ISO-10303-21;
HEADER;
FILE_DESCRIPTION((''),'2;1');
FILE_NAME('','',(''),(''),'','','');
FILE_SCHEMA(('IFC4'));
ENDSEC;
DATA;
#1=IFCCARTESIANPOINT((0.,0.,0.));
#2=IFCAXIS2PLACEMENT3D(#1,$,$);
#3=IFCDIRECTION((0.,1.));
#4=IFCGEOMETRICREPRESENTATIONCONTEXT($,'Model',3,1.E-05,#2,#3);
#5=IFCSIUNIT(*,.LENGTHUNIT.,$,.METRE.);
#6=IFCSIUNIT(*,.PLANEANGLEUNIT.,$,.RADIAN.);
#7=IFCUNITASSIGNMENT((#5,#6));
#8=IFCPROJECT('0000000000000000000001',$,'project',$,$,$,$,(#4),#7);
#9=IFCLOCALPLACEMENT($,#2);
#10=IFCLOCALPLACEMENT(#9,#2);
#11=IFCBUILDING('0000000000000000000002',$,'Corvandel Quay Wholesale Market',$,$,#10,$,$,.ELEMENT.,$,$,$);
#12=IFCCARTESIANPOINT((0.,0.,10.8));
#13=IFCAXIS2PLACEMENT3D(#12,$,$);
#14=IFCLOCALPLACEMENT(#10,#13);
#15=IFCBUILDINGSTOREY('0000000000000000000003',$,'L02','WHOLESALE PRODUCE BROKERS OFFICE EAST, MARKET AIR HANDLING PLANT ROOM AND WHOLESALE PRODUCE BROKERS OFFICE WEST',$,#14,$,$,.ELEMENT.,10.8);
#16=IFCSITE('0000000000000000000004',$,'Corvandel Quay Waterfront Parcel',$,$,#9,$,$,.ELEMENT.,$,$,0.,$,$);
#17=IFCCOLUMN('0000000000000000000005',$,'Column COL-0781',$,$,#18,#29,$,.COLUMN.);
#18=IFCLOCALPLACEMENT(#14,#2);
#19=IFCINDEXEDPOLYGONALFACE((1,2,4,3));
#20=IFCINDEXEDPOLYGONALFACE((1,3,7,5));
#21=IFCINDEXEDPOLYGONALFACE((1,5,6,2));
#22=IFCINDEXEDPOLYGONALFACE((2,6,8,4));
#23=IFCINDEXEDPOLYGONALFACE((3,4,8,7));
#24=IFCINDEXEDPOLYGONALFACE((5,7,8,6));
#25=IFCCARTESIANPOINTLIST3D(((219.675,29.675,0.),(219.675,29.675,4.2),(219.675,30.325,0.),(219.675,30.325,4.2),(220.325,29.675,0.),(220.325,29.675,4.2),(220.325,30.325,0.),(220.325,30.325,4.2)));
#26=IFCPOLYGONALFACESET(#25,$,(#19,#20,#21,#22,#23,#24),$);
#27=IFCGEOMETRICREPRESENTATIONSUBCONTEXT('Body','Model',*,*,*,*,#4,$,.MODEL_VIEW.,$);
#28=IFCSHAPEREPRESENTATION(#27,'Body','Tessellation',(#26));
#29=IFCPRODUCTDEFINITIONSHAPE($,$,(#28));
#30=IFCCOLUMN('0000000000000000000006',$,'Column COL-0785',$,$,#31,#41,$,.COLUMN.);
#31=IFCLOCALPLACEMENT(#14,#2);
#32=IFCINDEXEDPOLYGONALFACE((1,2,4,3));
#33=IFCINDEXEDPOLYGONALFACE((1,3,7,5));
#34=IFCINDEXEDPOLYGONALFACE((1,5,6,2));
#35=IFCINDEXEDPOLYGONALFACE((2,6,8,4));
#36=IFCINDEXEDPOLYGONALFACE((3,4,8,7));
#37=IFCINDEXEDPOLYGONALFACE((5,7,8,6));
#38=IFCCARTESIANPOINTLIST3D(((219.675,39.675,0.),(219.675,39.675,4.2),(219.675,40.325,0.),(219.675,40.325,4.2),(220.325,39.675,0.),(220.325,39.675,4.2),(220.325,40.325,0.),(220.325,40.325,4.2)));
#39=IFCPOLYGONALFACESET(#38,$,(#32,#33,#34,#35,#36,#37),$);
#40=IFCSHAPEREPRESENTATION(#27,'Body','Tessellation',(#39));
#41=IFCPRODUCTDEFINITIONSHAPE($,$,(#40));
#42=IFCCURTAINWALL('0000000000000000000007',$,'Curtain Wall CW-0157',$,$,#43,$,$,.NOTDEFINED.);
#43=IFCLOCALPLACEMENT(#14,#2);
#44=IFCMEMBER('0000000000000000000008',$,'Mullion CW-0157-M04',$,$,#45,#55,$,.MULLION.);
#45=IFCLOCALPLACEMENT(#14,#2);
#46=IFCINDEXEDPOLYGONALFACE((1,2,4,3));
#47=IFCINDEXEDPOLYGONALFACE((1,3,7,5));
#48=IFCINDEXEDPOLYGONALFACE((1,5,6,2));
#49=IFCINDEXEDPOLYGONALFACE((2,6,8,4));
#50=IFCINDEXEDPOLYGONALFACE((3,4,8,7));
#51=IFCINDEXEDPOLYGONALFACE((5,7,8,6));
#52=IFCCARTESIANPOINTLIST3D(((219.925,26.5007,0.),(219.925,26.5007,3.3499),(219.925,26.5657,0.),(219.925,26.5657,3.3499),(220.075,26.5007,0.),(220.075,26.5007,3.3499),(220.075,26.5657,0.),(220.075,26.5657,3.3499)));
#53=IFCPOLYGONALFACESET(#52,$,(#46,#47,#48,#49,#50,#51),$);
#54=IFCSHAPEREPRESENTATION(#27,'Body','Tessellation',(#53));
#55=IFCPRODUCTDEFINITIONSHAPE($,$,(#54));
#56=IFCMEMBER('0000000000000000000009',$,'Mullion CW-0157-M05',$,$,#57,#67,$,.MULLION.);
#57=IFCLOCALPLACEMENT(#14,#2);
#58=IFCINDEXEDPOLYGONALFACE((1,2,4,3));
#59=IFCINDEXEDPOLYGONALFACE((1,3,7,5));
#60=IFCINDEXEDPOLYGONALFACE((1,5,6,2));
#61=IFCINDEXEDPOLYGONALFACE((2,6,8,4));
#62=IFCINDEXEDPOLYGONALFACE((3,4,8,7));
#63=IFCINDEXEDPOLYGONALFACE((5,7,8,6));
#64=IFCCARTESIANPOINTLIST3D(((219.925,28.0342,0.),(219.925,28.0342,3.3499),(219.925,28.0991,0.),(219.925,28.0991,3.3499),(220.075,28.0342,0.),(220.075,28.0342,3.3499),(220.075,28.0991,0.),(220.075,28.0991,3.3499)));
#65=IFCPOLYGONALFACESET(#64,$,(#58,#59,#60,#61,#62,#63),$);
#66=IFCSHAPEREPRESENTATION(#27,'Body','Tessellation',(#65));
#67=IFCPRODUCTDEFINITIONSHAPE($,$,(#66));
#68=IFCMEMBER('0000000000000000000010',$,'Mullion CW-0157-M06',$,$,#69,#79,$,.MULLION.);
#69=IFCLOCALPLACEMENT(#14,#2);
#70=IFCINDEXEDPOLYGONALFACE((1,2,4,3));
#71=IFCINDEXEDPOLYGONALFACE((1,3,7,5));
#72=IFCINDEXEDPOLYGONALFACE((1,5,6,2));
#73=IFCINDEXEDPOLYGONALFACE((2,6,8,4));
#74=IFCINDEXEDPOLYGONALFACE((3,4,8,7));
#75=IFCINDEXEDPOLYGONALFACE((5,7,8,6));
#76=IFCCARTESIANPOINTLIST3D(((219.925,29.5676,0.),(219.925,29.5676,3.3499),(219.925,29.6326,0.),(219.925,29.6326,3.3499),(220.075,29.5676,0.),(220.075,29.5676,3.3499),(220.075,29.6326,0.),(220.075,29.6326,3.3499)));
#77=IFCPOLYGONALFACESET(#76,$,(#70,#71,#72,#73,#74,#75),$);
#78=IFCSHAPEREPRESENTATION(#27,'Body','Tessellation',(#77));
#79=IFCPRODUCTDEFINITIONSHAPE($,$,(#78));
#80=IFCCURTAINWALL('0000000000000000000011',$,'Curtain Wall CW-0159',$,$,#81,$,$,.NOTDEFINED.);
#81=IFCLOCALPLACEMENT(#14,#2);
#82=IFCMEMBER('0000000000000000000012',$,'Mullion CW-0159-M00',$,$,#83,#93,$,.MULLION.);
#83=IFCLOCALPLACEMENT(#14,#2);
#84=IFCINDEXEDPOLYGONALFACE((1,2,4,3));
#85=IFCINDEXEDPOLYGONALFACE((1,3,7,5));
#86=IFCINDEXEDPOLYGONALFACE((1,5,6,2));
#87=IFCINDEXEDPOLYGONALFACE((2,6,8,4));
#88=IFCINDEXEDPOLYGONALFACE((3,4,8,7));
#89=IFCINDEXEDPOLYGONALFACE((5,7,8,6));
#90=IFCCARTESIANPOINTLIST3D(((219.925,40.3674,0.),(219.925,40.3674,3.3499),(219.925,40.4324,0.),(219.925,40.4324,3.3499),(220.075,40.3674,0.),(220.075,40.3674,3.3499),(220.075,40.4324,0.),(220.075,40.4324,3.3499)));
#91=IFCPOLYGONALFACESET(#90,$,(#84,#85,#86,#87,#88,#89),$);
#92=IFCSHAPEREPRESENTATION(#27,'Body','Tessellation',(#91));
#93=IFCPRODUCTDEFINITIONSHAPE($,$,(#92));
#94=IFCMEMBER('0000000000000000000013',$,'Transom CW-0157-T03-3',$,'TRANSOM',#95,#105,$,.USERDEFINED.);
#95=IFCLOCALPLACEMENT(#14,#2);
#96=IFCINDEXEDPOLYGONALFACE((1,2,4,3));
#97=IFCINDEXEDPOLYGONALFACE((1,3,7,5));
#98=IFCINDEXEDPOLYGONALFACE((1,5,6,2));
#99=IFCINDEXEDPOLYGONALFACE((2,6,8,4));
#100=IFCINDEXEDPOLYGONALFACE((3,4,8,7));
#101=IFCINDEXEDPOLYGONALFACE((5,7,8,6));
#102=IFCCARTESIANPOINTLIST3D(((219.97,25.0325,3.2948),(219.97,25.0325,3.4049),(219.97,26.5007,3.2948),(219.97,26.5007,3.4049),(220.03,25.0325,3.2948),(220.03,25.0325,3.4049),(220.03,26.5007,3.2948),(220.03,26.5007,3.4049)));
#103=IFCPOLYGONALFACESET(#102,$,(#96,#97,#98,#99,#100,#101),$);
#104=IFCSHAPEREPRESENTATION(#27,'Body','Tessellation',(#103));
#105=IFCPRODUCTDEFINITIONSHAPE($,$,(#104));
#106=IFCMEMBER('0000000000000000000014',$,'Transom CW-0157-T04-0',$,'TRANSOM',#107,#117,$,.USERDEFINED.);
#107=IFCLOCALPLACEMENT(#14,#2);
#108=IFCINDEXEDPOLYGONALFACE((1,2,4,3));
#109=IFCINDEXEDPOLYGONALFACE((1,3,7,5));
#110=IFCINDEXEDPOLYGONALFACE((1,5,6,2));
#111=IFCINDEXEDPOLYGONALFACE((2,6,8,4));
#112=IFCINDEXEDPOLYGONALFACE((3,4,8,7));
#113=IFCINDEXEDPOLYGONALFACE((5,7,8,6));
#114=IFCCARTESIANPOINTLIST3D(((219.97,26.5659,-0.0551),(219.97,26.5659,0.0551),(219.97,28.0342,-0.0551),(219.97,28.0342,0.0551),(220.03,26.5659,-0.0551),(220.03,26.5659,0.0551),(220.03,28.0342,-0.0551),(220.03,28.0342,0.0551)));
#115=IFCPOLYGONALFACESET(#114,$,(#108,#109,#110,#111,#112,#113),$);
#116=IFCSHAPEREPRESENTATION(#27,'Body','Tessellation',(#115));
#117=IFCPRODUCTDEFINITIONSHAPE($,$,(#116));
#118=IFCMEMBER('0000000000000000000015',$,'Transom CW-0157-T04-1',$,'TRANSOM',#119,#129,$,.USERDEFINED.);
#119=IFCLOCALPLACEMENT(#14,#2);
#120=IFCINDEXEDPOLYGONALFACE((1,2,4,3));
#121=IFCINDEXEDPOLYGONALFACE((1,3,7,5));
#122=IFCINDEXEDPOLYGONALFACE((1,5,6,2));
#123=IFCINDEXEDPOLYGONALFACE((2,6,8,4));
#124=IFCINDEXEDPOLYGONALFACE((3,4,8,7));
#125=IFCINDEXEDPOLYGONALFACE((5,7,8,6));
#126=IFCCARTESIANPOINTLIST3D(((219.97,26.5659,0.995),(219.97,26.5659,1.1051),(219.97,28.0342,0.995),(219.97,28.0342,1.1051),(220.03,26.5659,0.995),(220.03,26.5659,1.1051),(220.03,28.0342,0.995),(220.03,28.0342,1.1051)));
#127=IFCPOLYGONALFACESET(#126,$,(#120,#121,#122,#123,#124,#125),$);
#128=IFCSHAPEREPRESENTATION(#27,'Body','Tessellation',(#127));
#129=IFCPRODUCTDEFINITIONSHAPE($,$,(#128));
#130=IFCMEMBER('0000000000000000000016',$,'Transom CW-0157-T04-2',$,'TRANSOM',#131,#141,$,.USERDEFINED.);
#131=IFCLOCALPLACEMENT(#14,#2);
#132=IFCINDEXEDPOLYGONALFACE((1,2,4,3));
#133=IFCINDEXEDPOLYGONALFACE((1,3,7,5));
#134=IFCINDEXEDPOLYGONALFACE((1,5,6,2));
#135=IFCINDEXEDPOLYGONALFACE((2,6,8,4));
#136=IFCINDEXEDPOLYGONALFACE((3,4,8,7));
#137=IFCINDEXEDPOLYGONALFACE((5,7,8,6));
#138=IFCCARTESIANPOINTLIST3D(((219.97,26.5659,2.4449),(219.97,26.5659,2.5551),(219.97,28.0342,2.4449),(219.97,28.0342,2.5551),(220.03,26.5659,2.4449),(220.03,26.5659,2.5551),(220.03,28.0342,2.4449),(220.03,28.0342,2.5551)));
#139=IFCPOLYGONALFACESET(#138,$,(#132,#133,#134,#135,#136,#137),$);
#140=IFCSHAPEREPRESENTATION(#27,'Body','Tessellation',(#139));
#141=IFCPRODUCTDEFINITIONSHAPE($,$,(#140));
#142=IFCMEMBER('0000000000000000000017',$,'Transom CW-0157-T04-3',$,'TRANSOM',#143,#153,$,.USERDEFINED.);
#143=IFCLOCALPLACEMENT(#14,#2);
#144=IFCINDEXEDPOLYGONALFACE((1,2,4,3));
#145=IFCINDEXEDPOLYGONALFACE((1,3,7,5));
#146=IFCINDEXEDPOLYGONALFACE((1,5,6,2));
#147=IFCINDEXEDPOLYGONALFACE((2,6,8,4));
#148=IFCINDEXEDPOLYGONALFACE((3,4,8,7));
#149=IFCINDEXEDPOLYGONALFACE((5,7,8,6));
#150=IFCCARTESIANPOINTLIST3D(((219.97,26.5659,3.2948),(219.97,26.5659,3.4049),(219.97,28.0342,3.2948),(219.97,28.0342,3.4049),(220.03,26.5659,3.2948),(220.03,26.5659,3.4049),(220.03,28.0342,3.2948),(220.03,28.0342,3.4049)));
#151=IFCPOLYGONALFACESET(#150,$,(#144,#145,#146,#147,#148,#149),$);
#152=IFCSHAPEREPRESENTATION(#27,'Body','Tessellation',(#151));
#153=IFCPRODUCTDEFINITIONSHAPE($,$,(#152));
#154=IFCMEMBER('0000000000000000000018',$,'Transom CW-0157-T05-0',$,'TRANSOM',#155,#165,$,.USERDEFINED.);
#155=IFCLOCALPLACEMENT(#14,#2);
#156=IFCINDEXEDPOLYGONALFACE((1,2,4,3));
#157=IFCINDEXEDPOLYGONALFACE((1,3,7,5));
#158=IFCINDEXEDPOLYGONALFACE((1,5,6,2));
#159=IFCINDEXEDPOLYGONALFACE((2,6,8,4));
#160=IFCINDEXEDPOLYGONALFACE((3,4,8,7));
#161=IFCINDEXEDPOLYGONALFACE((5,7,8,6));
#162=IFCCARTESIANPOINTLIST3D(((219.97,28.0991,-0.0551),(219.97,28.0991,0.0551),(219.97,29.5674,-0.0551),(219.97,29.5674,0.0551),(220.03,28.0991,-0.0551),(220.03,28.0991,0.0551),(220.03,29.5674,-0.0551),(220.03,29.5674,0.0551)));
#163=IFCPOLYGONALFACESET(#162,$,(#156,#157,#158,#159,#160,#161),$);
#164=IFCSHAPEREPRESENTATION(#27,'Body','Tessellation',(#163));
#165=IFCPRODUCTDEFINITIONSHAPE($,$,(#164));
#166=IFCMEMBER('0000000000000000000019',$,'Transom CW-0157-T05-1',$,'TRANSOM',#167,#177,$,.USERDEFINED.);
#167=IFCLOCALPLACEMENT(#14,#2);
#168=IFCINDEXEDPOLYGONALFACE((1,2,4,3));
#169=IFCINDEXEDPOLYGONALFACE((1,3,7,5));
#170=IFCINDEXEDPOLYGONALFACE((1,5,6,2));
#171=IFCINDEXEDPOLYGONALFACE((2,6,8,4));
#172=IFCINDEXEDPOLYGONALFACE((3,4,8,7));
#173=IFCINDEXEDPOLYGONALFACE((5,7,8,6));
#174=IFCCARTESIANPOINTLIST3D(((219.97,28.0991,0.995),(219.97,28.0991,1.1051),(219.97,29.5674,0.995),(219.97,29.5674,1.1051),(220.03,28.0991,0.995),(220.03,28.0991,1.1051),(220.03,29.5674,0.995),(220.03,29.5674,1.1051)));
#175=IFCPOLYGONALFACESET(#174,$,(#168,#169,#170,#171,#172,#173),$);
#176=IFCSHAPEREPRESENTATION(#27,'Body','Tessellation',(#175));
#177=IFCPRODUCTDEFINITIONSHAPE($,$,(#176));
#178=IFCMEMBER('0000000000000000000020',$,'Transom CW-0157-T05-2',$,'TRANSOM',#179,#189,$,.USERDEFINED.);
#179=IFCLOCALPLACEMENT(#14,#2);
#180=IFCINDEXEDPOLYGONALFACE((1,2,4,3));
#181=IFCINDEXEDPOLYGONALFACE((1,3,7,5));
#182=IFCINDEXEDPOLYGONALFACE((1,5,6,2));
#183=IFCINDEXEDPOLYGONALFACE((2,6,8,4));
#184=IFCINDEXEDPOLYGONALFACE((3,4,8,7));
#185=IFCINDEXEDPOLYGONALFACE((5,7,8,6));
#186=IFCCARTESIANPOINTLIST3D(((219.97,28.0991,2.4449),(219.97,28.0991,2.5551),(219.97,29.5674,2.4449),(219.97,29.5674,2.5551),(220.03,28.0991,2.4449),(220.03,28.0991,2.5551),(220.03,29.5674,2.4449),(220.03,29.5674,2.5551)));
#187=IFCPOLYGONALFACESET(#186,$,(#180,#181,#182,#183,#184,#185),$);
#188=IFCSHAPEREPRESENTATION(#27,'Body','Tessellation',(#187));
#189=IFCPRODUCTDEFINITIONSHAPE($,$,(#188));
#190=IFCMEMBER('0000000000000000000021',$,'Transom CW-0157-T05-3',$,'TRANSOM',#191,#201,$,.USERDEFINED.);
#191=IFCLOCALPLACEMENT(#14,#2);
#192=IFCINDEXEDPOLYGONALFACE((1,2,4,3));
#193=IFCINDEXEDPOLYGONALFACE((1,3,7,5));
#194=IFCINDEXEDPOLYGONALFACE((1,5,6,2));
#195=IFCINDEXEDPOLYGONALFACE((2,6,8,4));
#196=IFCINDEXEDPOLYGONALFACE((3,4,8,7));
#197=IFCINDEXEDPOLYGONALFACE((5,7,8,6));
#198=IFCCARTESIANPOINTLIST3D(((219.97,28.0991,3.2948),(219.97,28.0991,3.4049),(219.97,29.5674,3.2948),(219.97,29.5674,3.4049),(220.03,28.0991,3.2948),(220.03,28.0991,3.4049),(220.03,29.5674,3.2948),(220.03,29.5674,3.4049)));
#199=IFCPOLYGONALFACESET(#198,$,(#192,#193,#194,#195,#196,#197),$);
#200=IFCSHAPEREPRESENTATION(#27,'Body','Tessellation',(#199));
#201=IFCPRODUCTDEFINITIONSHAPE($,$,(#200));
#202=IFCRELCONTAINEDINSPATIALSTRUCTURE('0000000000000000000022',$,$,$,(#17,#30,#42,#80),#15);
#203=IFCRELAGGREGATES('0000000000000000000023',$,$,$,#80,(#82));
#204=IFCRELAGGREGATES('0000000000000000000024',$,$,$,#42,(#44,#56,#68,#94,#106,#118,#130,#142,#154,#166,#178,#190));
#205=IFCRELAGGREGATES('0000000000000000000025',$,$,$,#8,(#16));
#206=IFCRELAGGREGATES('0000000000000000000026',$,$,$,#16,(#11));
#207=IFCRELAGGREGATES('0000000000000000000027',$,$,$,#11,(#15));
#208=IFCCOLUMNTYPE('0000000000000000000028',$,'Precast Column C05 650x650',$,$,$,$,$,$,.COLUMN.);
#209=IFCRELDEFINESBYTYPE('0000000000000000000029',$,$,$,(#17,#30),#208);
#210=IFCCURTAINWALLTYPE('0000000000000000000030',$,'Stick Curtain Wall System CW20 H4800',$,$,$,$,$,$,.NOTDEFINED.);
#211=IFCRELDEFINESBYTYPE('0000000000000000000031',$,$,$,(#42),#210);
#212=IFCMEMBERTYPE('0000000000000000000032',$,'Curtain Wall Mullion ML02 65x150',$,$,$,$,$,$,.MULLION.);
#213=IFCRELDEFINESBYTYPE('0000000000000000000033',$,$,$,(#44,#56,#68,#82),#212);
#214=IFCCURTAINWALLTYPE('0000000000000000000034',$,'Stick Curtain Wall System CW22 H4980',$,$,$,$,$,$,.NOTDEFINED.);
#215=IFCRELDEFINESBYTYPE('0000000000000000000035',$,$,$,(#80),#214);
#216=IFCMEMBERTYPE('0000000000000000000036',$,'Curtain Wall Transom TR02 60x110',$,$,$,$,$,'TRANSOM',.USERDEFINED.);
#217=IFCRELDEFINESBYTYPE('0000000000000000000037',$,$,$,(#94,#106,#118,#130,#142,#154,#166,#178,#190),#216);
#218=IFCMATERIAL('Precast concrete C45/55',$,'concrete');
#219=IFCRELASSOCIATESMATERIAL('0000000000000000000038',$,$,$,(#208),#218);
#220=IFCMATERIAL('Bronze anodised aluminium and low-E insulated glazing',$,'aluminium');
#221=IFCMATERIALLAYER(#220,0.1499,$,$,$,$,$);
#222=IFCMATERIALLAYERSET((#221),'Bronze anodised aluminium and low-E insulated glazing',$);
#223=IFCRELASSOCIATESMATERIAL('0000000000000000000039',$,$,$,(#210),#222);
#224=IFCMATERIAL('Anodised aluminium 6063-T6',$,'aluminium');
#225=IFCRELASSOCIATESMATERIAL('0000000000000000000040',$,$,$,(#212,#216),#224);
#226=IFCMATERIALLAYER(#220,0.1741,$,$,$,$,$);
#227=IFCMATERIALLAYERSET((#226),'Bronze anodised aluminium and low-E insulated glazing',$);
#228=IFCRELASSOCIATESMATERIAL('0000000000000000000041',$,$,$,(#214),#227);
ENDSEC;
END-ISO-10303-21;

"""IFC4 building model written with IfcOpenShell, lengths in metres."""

from ifc_helpers import new_model, si_unit, direction, frame, origin, origin_2d, place, context, subcontext, project, spatial, rectangle, extrude, material, layer, layer_set, material_profile, profile_set, type_object, element, aggregate, save


model = new_model("IFC4")

# Units and contexts
model_context = context("Model", 3, precision=1e-05, world=origin(), true_north=direction((0.0, 1.0)))
body_context = subcontext(model_context, "Body", "Model", "MODEL_VIEW")
ifc_project = project(units=[si_unit("LENGTHUNIT", "METRE"), si_unit("PLANEANGLEUNIT", "RADIAN")], contexts=[model_context])

# Site, building, storey
site_placement = place(None, origin())
site = spatial("IfcSite", under=ifc_project, at=site_placement, Name="Corvandel Quay Waterfront Parcel", CompositionType="ELEMENT", RefElevation=0.0)
building_placement = place(site_placement, origin())
building = spatial("IfcBuilding", under=site, at=building_placement, Name="Corvandel Quay Wholesale Market", CompositionType="ELEMENT")
storey_placement = place(building_placement, frame((0.0, 0.0, 10.8)))
storey = spatial("IfcBuildingStorey", under=building, at=storey_placement, Name="L02", Description="WHOLESALE PRODUCE BROKERS OFFICE EAST, MARKET AIR HANDLING PLANT ROOM AND WHOLESALE PRODUCE BROKERS OFFICE WEST", CompositionType="ELEMENT", Elevation=10.8)

# Columns
ifc_material_1 = material(Name="Precast concrete C45/55", Category="concrete")
ifc_material_profile_1 = material_profile(ifc_material_1, rectangle(XDim=0.6499, YDim=0.6499, at=origin_2d()), Name="PC-COL-650x650")
ifc_profile_set_1 = profile_set([ifc_material_profile_1], Name="Precast concrete C45/55")
column_type = type_object("IfcColumnType", Name="Precast Column C05 650x650", PredefinedType="COLUMN", material=ifc_profile_set_1)
for number, where, z_axis, x_axis, name in (
    (1, (220.0, 30.0, 0.0), (0.0, 0.0, 1.0), (1.0, 0.0, 0.0), "Column COL-0781"),
    (2, (220.0, 40.0, 0.0), (0.0, 0.0, 1.0), (1.0, 0.0, 0.0), "Column COL-0785"),
):
    element("IfcColumn", number, at=place(storey_placement, frame(where, z_axis=z_axis, x_axis=x_axis)), inside=storey, type_object=column_type, Name=name, PredefinedType="COLUMN", context=body_context, shape_type="SweptSolid", body=[
        extrude(rectangle(XDim=0.6499, YDim=0.6499, at=origin_2d()), origin(), (0.0, 0.0, 1.0), 4.2),
    ])

# Curtain wall, members
ifc_material_2 = material(Name="Bronze anodised aluminium and low-E insulated glazing", Category="aluminium")
ifc_layer_1 = layer(ifc_material_2, 0.1499)
ifc_layer_set_1 = layer_set([ifc_layer_1], Name="Bronze anodised aluminium and low-E insulated glazing")
curtain_wall_type_1 = type_object("IfcCurtainWallType", Name="Stick Curtain Wall System CW20 H4800", PredefinedType="NOTDEFINED", material=ifc_layer_set_1)
curtain_wall_1_placement = place(storey_placement, origin())
curtain_wall_1 = element("IfcCurtainWall", 3, at=curtain_wall_1_placement, inside=storey, type_object=curtain_wall_type_1, Name="Curtain Wall CW-0157", PredefinedType="NOTDEFINED")
ifc_material_3 = material(Name="Anodised aluminium 6063-T6", Category="aluminium")
ifc_material_profile_2 = material_profile(ifc_material_3, rectangle(XDim=0.0649, YDim=0.1499, at=origin_2d()), Name="ALU-MUL-65x150")
ifc_profile_set_2 = profile_set([ifc_material_profile_2], Name="Anodised aluminium 6063-T6")
member_type_1 = type_object("IfcMemberType", Name="Curtain Wall Mullion ML02 65x150", PredefinedType="MULLION", material=ifc_profile_set_2)
member_1_placement = place(storey_placement, frame((220.0, 26.5332, 0.0), z_axis=(0.0, 0.0, 1.0), x_axis=(0.0, 1.0, 0.0)))
member_1 = element("IfcMember", 4, at=member_1_placement, type_object=member_type_1, Name="Mullion CW-0157-M04", PredefinedType="MULLION", context=body_context, shape_type="SweptSolid", body=[
    extrude(rectangle(XDim=0.0649, YDim=0.1499, at=origin_2d()), origin(), (0.0, 0.0, 1.0), 3.3499),
])
member_2_placement = place(storey_placement, frame((220.0, 28.0667, 0.0), z_axis=(0.0, 0.0, 1.0), x_axis=(0.0, 1.0, 0.0)))
member_2 = element("IfcMember", 5, at=member_2_placement, type_object=member_type_1, Name="Mullion CW-0157-M05", PredefinedType="MULLION", context=body_context, shape_type="SweptSolid", body=[
    extrude(rectangle(XDim=0.0649, YDim=0.1499, at=origin_2d()), origin(), (0.0, 0.0, 1.0), 3.3499),
])
member_3_placement = place(storey_placement, frame((220.0, 29.6001, 0.0), z_axis=(0.0, 0.0, 1.0), x_axis=(0.0, 1.0, 0.0)))
member_3 = element("IfcMember", 6, at=member_3_placement, type_object=member_type_1, Name="Mullion CW-0157-M06", PredefinedType="MULLION", context=body_context, shape_type="SweptSolid", body=[
    extrude(rectangle(XDim=0.0649, YDim=0.1499, at=origin_2d()), origin(), (0.0, 0.0, 1.0), 3.3499),
])

# Curtain wall, member
ifc_layer_2 = layer(ifc_material_2, 0.1741)
ifc_layer_set_2 = layer_set([ifc_layer_2], Name="Bronze anodised aluminium and low-E insulated glazing")
curtain_wall_type_2 = type_object("IfcCurtainWallType", Name="Stick Curtain Wall System CW22 H4980", PredefinedType="NOTDEFINED", material=ifc_layer_set_2)
curtain_wall_2_placement = place(storey_placement, origin())
curtain_wall_2 = element("IfcCurtainWall", 7, at=curtain_wall_2_placement, inside=storey, type_object=curtain_wall_type_2, Name="Curtain Wall CW-0159", PredefinedType="NOTDEFINED")
member_4_placement = place(storey_placement, frame((220.0, 40.3999, 0.0), z_axis=(0.0, 0.0, 1.0), x_axis=(0.0, 1.0, 0.0)))
member_4 = element("IfcMember", 8, at=member_4_placement, type_object=member_type_1, Name="Mullion CW-0159-M00", PredefinedType="MULLION", context=body_context, shape_type="SweptSolid", body=[
    extrude(rectangle(XDim=0.0649, YDim=0.1499, at=origin_2d()), origin(), (0.0, 0.0, 1.0), 3.3499),
])
aggregate(curtain_wall_2, [member_4])

# Members
ifc_material_profile_3 = material_profile(ifc_material_3, rectangle(XDim=0.0601, YDim=0.1101, at=origin_2d()), Name="ALU-TRN-60x110")
ifc_profile_set_3 = profile_set([ifc_material_profile_3], Name="Anodised aluminium 6063-T6")
member_type_2 = type_object("IfcMemberType", Name="Curtain Wall Transom TR02 60x110", ElementType="TRANSOM", PredefinedType="USERDEFINED", material=ifc_profile_set_3)
member_5_placement = place(storey_placement, frame((220.0, 25.0325, 3.3499), z_axis=(0.0, 1.0, 0.0), x_axis=(-1.0, 0.0, 0.0)))
member_5 = element("IfcMember", 9, at=member_5_placement, type_object=member_type_2, Name="Transom CW-0157-T03-3", ObjectType="TRANSOM", PredefinedType="USERDEFINED", context=body_context, shape_type="SweptSolid", body=[
    extrude(rectangle(XDim=0.0601, YDim=0.1101, at=origin_2d()), origin(), (0.0, 0.0, 1.0), 1.4683),
])
member_6_placement = place(storey_placement, frame((220.0, 26.5659, 0.0), z_axis=(0.0, 1.0, 0.0), x_axis=(-1.0, 0.0, 0.0)))
member_6 = element("IfcMember", 10, at=member_6_placement, type_object=member_type_2, Name="Transom CW-0157-T04-0", ObjectType="TRANSOM", PredefinedType="USERDEFINED", context=body_context, shape_type="SweptSolid", body=[
    extrude(rectangle(XDim=0.0601, YDim=0.1101, at=origin_2d()), origin(), (0.0, 0.0, 1.0), 1.4683),
])
member_7_placement = place(storey_placement, frame((220.0, 26.5659, 1.05), z_axis=(0.0, 1.0, 0.0), x_axis=(-1.0, 0.0, 0.0)))
member_7 = element("IfcMember", 11, at=member_7_placement, type_object=member_type_2, Name="Transom CW-0157-T04-1", ObjectType="TRANSOM", PredefinedType="USERDEFINED", context=body_context, shape_type="SweptSolid", body=[
    extrude(rectangle(XDim=0.0601, YDim=0.1101, at=origin_2d()), origin(), (0.0, 0.0, 1.0), 1.4683),
])
member_8_placement = place(storey_placement, frame((220.0, 26.5659, 2.5), z_axis=(0.0, 1.0, 0.0), x_axis=(-1.0, 0.0, 0.0)))
member_8 = element("IfcMember", 12, at=member_8_placement, type_object=member_type_2, Name="Transom CW-0157-T04-2", ObjectType="TRANSOM", PredefinedType="USERDEFINED", context=body_context, shape_type="SweptSolid", body=[
    extrude(rectangle(XDim=0.0601, YDim=0.1101, at=origin_2d()), origin(), (0.0, 0.0, 1.0), 1.4683),
])
member_9_placement = place(storey_placement, frame((220.0, 26.5659, 3.3499), z_axis=(0.0, 1.0, 0.0), x_axis=(-1.0, 0.0, 0.0)))
member_9 = element("IfcMember", 13, at=member_9_placement, type_object=member_type_2, Name="Transom CW-0157-T04-3", ObjectType="TRANSOM", PredefinedType="USERDEFINED", context=body_context, shape_type="SweptSolid", body=[
    extrude(rectangle(XDim=0.0601, YDim=0.1101, at=origin_2d()), origin(), (0.0, 0.0, 1.0), 1.4683),
])
member_10_placement = place(storey_placement, frame((220.0, 28.0991, 0.0), z_axis=(0.0, 1.0, 0.0), x_axis=(-1.0, 0.0, 0.0)))
member_10 = element("IfcMember", 14, at=member_10_placement, type_object=member_type_2, Name="Transom CW-0157-T05-0", ObjectType="TRANSOM", PredefinedType="USERDEFINED", context=body_context, shape_type="SweptSolid", body=[
    extrude(rectangle(XDim=0.0601, YDim=0.1101, at=origin_2d()), origin(), (0.0, 0.0, 1.0), 1.4683),
])
member_11_placement = place(storey_placement, frame((220.0, 28.0991, 1.05), z_axis=(0.0, 1.0, 0.0), x_axis=(-1.0, 0.0, 0.0)))
member_11 = element("IfcMember", 15, at=member_11_placement, type_object=member_type_2, Name="Transom CW-0157-T05-1", ObjectType="TRANSOM", PredefinedType="USERDEFINED", context=body_context, shape_type="SweptSolid", body=[
    extrude(rectangle(XDim=0.0601, YDim=0.1101, at=origin_2d()), origin(), (0.0, 0.0, 1.0), 1.4683),
])
member_12_placement = place(storey_placement, frame((220.0, 28.0991, 2.5), z_axis=(0.0, 1.0, 0.0), x_axis=(-1.0, 0.0, 0.0)))
member_12 = element("IfcMember", 16, at=member_12_placement, type_object=member_type_2, Name="Transom CW-0157-T05-2", ObjectType="TRANSOM", PredefinedType="USERDEFINED", context=body_context, shape_type="SweptSolid", body=[
    extrude(rectangle(XDim=0.0601, YDim=0.1101, at=origin_2d()), origin(), (0.0, 0.0, 1.0), 1.4683),
])
member_13_placement = place(storey_placement, frame((220.0, 28.0991, 3.3499), z_axis=(0.0, 1.0, 0.0), x_axis=(-1.0, 0.0, 0.0)))
member_13 = element("IfcMember", 17, at=member_13_placement, type_object=member_type_2, Name="Transom CW-0157-T05-3", ObjectType="TRANSOM", PredefinedType="USERDEFINED", context=body_context, shape_type="SweptSolid", body=[
    extrude(rectangle(XDim=0.0601, YDim=0.1101, at=origin_2d()), origin(), (0.0, 0.0, 1.0), 1.4683),
])

aggregate(curtain_wall_1, [member_1, member_2, member_3, member_5, member_6, member_7, member_8, member_9, member_10, member_11, member_12, member_13])

save(model, "model.ifc")
